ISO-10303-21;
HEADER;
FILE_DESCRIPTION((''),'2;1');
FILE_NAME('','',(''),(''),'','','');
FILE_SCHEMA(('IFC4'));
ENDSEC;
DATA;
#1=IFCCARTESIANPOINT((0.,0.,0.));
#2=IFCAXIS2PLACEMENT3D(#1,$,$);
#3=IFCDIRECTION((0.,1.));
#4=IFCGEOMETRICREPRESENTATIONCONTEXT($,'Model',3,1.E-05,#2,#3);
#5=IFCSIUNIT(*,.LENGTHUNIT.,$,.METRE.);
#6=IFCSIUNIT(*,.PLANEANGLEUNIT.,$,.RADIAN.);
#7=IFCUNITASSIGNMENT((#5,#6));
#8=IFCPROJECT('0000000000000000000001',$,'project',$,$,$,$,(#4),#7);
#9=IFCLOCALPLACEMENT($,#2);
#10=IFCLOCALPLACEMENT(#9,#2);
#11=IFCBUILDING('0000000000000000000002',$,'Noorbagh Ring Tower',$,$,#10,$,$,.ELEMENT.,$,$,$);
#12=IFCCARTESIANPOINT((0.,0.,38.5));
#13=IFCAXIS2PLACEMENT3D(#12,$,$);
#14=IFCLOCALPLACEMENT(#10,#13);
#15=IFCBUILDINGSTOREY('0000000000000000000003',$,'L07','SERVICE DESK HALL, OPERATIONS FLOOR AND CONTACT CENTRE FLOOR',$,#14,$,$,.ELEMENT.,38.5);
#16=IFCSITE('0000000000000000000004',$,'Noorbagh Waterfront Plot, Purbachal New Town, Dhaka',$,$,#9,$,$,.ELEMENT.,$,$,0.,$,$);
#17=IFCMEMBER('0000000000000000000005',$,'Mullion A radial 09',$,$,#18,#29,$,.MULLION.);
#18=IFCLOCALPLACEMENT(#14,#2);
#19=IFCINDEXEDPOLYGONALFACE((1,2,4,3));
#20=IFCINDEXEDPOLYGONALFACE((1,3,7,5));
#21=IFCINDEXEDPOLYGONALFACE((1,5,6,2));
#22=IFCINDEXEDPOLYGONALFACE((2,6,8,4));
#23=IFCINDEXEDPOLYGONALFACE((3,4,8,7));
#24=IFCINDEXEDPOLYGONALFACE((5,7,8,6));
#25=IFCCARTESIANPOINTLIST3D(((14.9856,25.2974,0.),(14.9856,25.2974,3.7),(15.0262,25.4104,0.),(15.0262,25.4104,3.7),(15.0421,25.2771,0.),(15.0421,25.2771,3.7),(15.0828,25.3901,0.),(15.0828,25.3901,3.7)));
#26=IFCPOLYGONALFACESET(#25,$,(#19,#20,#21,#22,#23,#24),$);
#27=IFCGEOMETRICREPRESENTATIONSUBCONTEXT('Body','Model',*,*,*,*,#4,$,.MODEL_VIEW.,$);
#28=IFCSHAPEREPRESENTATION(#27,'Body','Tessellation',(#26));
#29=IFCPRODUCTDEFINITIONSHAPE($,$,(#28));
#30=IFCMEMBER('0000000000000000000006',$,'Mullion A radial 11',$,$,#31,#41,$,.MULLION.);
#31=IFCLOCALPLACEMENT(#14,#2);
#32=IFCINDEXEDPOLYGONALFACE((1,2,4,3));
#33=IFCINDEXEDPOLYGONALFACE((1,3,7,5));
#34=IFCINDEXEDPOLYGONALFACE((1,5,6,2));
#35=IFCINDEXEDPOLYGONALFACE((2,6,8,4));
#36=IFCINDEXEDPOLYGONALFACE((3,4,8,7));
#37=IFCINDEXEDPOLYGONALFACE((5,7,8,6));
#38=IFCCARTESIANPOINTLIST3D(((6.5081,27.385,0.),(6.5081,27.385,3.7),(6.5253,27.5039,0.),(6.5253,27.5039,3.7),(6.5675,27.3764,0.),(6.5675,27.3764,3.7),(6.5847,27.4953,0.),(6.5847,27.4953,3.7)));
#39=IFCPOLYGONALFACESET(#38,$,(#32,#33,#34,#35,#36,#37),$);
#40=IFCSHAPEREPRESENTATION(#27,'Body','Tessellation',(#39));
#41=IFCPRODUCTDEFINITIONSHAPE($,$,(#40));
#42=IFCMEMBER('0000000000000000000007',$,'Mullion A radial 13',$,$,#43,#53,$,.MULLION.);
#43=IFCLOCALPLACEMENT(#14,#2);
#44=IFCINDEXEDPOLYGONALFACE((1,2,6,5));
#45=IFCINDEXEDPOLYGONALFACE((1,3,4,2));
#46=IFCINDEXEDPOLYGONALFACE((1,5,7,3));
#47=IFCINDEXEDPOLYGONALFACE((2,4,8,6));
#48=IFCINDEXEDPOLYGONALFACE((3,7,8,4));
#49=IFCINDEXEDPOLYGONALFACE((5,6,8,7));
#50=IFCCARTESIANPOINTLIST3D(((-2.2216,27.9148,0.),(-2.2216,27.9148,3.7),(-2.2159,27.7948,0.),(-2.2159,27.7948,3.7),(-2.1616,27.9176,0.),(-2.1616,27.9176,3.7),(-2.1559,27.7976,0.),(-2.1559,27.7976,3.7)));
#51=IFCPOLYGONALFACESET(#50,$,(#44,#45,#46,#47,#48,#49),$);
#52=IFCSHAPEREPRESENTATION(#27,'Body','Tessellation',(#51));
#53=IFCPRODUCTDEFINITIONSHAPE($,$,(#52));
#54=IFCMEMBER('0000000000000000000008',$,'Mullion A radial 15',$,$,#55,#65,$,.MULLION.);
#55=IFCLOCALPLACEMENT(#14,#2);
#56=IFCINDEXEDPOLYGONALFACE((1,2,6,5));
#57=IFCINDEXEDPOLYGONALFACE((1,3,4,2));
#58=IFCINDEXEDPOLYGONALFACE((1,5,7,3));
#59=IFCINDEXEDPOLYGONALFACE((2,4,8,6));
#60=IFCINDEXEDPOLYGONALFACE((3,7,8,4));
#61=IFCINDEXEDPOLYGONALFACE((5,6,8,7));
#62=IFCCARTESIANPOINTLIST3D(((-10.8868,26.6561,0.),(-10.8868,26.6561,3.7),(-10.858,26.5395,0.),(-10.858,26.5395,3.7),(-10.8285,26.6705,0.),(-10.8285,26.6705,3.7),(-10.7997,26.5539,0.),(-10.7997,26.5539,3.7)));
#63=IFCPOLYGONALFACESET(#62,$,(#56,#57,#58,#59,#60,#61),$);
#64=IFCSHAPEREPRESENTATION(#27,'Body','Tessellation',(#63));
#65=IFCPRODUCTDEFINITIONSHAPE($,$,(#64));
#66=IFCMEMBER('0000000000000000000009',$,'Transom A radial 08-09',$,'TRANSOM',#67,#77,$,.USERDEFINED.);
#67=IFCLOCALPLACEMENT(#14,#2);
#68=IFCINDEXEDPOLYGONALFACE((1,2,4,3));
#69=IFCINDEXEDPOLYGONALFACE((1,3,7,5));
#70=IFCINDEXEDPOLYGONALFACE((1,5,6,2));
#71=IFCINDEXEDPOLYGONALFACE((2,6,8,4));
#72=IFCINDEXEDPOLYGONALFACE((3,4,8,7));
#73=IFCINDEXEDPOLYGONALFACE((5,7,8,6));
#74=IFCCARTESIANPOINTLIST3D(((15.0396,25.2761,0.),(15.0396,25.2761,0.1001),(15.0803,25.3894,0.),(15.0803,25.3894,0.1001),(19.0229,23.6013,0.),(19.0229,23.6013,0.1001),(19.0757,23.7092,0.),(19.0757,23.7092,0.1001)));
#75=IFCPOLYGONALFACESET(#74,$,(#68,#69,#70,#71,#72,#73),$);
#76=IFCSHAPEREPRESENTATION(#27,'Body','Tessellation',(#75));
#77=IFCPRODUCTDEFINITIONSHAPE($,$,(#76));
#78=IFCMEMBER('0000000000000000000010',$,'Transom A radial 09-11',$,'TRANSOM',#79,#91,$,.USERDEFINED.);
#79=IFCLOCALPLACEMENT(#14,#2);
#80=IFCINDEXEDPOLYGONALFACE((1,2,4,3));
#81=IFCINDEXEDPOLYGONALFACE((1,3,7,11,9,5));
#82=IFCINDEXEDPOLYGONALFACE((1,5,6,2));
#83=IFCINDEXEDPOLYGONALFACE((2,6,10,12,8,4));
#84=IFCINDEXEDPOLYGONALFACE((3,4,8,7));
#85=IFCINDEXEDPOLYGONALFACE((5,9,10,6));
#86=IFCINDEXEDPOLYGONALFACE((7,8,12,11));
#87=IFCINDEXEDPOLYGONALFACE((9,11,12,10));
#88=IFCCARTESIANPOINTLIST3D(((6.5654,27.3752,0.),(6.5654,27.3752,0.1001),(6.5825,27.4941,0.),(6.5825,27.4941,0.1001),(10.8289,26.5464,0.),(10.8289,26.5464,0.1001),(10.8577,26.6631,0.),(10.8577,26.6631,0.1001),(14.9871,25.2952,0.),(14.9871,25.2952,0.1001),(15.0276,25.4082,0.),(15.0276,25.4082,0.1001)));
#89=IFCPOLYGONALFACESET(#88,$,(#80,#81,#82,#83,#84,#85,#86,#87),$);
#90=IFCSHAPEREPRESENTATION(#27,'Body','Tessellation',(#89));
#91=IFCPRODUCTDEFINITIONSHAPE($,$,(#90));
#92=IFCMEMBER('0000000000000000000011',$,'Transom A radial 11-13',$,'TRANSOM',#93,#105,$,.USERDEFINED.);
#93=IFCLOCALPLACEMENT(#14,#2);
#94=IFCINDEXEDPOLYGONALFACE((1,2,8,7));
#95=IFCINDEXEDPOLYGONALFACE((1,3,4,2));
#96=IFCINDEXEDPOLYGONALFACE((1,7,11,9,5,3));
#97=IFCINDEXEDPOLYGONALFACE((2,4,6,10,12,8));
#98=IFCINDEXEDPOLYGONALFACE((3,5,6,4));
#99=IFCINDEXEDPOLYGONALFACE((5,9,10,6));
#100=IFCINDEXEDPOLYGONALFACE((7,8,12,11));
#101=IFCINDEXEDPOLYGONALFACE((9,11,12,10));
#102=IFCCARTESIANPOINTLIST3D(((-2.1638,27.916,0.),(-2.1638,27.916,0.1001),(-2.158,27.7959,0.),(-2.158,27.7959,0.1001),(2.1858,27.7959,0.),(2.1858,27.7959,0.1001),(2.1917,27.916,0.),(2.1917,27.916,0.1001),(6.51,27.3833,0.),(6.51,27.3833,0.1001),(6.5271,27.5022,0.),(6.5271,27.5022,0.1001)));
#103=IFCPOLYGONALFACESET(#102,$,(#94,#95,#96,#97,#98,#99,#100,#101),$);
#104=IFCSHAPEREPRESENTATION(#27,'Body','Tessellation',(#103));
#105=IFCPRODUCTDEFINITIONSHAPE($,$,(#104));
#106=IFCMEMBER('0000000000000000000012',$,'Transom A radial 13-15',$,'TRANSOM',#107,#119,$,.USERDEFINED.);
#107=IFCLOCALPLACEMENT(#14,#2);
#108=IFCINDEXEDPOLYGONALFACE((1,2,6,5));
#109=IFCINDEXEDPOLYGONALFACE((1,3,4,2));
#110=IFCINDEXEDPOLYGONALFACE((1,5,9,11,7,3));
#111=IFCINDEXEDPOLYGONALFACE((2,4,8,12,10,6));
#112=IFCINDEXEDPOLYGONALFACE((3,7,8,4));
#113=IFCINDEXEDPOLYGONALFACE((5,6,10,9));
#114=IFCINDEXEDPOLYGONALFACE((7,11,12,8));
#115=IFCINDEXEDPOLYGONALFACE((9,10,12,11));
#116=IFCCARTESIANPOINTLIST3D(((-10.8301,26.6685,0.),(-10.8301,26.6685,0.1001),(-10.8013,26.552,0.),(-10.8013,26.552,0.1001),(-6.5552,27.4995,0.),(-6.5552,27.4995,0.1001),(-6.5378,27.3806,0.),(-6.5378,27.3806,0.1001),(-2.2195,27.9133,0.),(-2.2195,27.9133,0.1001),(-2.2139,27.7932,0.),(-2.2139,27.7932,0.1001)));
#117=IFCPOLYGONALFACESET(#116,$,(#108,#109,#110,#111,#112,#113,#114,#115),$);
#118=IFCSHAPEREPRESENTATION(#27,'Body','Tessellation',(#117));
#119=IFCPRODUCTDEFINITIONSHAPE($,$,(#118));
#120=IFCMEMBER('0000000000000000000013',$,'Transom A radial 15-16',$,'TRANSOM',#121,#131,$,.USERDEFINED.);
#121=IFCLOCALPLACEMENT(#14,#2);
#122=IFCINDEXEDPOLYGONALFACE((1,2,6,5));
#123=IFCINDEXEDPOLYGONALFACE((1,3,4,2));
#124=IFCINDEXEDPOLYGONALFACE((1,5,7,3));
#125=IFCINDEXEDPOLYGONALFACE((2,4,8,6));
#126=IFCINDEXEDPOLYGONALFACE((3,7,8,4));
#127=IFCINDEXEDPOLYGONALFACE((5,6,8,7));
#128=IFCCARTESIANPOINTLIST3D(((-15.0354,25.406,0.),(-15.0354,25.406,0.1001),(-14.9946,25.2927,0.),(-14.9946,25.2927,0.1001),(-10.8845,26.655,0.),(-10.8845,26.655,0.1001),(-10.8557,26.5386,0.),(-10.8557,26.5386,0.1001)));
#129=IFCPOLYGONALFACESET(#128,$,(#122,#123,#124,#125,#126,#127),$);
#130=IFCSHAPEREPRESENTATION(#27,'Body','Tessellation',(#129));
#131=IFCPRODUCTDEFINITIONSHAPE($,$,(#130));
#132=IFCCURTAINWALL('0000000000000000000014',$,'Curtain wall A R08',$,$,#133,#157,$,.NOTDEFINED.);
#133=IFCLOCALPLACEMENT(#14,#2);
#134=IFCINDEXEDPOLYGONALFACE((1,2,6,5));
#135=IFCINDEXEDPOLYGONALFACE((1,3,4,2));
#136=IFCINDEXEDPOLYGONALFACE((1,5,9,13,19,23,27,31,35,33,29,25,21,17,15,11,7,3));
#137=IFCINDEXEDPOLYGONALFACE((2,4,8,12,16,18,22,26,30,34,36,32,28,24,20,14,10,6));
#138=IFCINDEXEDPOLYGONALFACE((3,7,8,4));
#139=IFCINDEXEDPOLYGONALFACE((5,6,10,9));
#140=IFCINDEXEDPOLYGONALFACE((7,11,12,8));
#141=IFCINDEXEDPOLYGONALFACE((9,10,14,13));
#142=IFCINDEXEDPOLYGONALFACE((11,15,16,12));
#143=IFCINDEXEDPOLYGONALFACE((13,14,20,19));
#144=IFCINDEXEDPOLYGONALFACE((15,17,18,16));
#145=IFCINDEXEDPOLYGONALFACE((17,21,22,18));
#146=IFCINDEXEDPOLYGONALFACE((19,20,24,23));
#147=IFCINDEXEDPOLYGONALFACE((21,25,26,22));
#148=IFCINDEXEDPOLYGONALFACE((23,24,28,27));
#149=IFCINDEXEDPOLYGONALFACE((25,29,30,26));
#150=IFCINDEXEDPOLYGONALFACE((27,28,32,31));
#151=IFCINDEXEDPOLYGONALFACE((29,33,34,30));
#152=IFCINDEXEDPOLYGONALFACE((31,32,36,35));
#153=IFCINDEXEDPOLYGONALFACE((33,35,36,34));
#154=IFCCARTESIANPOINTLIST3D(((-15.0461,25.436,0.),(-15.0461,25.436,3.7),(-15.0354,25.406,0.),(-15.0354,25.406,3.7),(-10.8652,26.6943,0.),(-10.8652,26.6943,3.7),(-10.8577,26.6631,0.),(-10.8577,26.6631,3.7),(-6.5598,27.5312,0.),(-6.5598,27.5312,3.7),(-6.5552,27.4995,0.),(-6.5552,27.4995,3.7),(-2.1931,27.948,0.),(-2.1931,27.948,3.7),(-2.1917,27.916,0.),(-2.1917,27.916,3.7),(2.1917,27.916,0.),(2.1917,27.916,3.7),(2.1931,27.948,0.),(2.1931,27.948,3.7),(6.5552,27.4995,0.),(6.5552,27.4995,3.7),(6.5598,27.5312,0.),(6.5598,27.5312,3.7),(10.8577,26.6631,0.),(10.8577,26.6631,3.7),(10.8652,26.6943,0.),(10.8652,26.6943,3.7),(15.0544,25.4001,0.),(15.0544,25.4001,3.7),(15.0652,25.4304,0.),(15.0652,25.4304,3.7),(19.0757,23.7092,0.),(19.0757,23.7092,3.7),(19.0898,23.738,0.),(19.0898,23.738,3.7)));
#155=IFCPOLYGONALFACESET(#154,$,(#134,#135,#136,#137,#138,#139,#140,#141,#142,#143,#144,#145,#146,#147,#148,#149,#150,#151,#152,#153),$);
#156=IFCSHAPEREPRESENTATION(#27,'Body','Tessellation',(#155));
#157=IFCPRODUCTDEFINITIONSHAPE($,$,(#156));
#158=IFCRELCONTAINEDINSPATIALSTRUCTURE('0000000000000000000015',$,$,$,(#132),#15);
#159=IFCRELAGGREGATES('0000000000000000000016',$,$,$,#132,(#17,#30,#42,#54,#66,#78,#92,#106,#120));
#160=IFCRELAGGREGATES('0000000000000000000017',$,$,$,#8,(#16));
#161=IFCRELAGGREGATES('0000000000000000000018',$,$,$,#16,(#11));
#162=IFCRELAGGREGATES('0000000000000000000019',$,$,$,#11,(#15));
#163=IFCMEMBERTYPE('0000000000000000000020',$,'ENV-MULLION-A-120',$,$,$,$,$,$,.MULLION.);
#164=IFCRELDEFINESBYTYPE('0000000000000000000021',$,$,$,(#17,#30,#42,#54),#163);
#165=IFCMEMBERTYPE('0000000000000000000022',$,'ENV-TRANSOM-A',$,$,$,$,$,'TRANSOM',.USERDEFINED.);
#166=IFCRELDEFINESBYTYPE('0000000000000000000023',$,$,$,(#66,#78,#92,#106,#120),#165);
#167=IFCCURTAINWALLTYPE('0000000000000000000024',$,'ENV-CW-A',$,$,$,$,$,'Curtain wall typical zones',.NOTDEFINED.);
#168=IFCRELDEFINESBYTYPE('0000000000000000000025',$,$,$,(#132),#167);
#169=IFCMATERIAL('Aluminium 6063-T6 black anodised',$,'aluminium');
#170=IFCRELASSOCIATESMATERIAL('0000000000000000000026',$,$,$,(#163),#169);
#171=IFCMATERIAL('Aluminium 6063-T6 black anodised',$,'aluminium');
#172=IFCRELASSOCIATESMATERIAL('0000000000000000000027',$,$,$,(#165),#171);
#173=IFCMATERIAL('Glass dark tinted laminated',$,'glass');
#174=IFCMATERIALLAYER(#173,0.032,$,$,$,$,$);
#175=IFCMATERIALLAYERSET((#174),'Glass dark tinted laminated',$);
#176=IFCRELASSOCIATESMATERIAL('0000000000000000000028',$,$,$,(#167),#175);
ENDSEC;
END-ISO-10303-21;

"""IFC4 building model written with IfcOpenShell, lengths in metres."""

from ifc_helpers import new_model, si_unit, direction, frame, origin, origin_2d, place, context, subcontext, project, spatial, polyline, rectangle, outline, extrude, material, layer, layer_set, material_profile, profile_set, type_object, element, aggregate, save


model = new_model("IFC4")

# Units and contexts
model_context = context("Model", 3, precision=1e-05, world=origin(), true_north=direction((0.0, 1.0)))
body_context = subcontext(model_context, "Body", "Model", "MODEL_VIEW")
ifc_project = project(units=[si_unit("LENGTHUNIT", "METRE"), si_unit("PLANEANGLEUNIT", "RADIAN")], contexts=[model_context])

# Members
ifc_material_1 = material(Name="Aluminium 6063-T6 black anodised", Category="aluminium")
ifc_material_profile = material_profile(ifc_material_1, rectangle(XDim=0.1201, YDim=0.0601, at=origin_2d()), Name="120x60")
ifc_profile_set = profile_set([ifc_material_profile], Name="Aluminium 6063-T6 black anodised")
member_type_1 = type_object("IfcMemberType", Name="ENV-MULLION-A-120", PredefinedType="MULLION", material=ifc_profile_set)
site_placement = place(None, origin())
building_placement = place(site_placement, origin())
storey_placement = place(building_placement, frame((0.0, 0.0, 38.5)))
member_1_placement = place(storey_placement, frame((15.0342, 25.3438, 0.0), z_axis=(0.0, 0.0, 1.0), x_axis=(-0.338379, -0.94101, 0.0)))
member_1 = element("IfcMember", 1, at=member_1_placement, type_object=member_type_1, Name="Mullion A radial 09", PredefinedType="MULLION", context=body_context, shape_type="SweptSolid", body=[
    extrude(rectangle(XDim=0.1201, YDim=0.0601, at=origin_2d()), origin(), (0.0, 0.0, 1.0), 3.7),
])
member_2_placement = place(storey_placement, frame((6.5464, 27.4402, 0.0), z_axis=(0.0, 0.0, 1.0), x_axis=(-0.143082, -0.989711, 0.0)))
member_2 = element("IfcMember", 2, at=member_2_placement, type_object=member_type_1, Name="Mullion A radial 11", PredefinedType="MULLION", context=body_context, shape_type="SweptSolid", body=[
    extrude(rectangle(XDim=0.1201, YDim=0.0601, at=origin_2d()), origin(), (0.0, 0.0, 1.0), 3.7),
])
member_3_placement = place(storey_placement, frame((-2.1887, 27.8562, 0.0), z_axis=(0.0, 0.0, 1.0), x_axis=(0.047558, -0.998868, 0.0)))
member_3 = element("IfcMember", 3, at=member_3_placement, type_object=member_type_1, Name="Mullion A radial 13", PredefinedType="MULLION", context=body_context, shape_type="SweptSolid", body=[
    extrude(rectangle(XDim=0.1201, YDim=0.0601, at=origin_2d()), origin(), (0.0, 0.0, 1.0), 3.7),
])
member_4_placement = place(storey_placement, frame((-10.8433, 26.605, 0.0), z_axis=(0.0, 0.0, 1.0), x_axis=(0.239799, -0.970823, 0.0)))
member_4 = element("IfcMember", 4, at=member_4_placement, type_object=member_type_1, Name="Mullion A radial 15", PredefinedType="MULLION", context=body_context, shape_type="SweptSolid", body=[
    extrude(rectangle(XDim=0.1201, YDim=0.0601, at=origin_2d()), origin(), (0.0, 0.0, 1.0), 3.7),
])
ifc_material_2 = material(Name="Aluminium 6063-T6 black anodised", Category="aluminium")
member_type_2 = type_object("IfcMemberType", Name="ENV-TRANSOM-A", ElementType="TRANSOM", PredefinedType="USERDEFINED", material=ifc_material_2)
member_5_placement = place(storey_placement, origin())
member_5 = element("IfcMember", 5, at=member_5_placement, type_object=member_type_2, Name="Transom A radial 08-09", ObjectType="TRANSOM", PredefinedType="USERDEFINED", context=body_context, shape_type="SweptSolid", body=[
    extrude(outline(polyline([(19.0757, 23.7092), (15.0803, 25.3894), (15.0396, 25.2761), (19.0229, 23.6013), (19.0757, 23.7092)])), origin(), (0.0, 0.0, 1.0), 0.1001),
])
member_6_placement = place(storey_placement, origin())
member_6 = element("IfcMember", 6, at=member_6_placement, type_object=member_type_2, Name="Transom A radial 09-11", ObjectType="TRANSOM", PredefinedType="USERDEFINED", context=body_context, shape_type="SweptSolid", body=[
    extrude(outline(polyline([(15.0276, 25.4082), (10.8577, 26.6631), (6.5825, 27.4941), (6.5654, 27.3752), (10.8289, 26.5464), (14.9871, 25.2952), (15.0276, 25.4082)])), origin(), (0.0, 0.0, 1.0), 0.1001),
])
member_7_placement = place(storey_placement, origin())
member_7 = element("IfcMember", 7, at=member_7_placement, type_object=member_type_2, Name="Transom A radial 11-13", ObjectType="TRANSOM", PredefinedType="USERDEFINED", context=body_context, shape_type="SweptSolid", body=[
    extrude(outline(polyline([(6.5271, 27.5022), (2.1917, 27.916), (-2.1638, 27.916), (-2.158, 27.7959), (2.1858, 27.7959), (6.51, 27.3833), (6.5271, 27.5022)])), origin(), (0.0, 0.0, 1.0), 0.1001),
])
member_8_placement = place(storey_placement, origin())
member_8 = element("IfcMember", 8, at=member_8_placement, type_object=member_type_2, Name="Transom A radial 13-15", ObjectType="TRANSOM", PredefinedType="USERDEFINED", context=body_context, shape_type="SweptSolid", body=[
    extrude(outline(polyline([(-2.2195, 27.9133), (-6.5552, 27.4995), (-10.8301, 26.6685), (-10.8013, 26.552), (-6.5378, 27.3806), (-2.2139, 27.7932), (-2.2195, 27.9133)])), origin(), (0.0, 0.0, 1.0), 0.1001),
])
member_9_placement = place(storey_placement, origin())
member_9 = element("IfcMember", 9, at=member_9_placement, type_object=member_type_2, Name="Transom A radial 15-16", ObjectType="TRANSOM", PredefinedType="USERDEFINED", context=body_context, shape_type="SweptSolid", body=[
    extrude(outline(polyline([(-10.8845, 26.655), (-15.0354, 25.406), (-14.9946, 25.2927), (-10.8557, 26.5386), (-10.8845, 26.655)])), origin(), (0.0, 0.0, 1.0), 0.1001),
])

# Site, building, storey
site = spatial("IfcSite", under=ifc_project, at=site_placement, Name="Noorbagh Waterfront Plot, Purbachal New Town, Dhaka", CompositionType="ELEMENT", RefElevation=0.0)
building = spatial("IfcBuilding", under=site, at=building_placement, Name="Noorbagh Ring Tower", CompositionType="ELEMENT")
storey = spatial("IfcBuildingStorey", under=building, at=storey_placement, Name="L07", Description="SERVICE DESK HALL, OPERATIONS FLOOR AND CONTACT CENTRE FLOOR", CompositionType="ELEMENT", Elevation=38.5)

# Curtain wall
ifc_material_3 = material(Name="Glass dark tinted laminated", Category="glass")
ifc_layer = layer(ifc_material_3, 0.032)
ifc_layer_set = layer_set([ifc_layer], Name="Glass dark tinted laminated")
curtain_wall_type = type_object("IfcCurtainWallType", Name="ENV-CW-A", ElementType="Curtain wall typical zones", PredefinedType="NOTDEFINED", material=ifc_layer_set)
curtain_wall_1_placement = place(storey_placement, origin())
curtain_wall_1 = element("IfcCurtainWall", 10, at=curtain_wall_1_placement, inside=storey, type_object=curtain_wall_type, Name="Curtain wall A R08", PredefinedType="NOTDEFINED", context=body_context, shape_type="SweptSolid", body=[
    extrude(outline(polyline([(19.0898, 23.738), (15.0652, 25.4304), (10.8652, 26.6943), (6.5598, 27.5312), (2.1931, 27.948), (-2.1931, 27.948), (-6.5598, 27.5312), (-10.8652, 26.6943), (-15.0461, 25.436), (-15.0354, 25.406), (-10.8577, 26.6631), (-6.5552, 27.4995), (-2.1917, 27.916), (2.1917, 27.916), (6.5552, 27.4995), (10.8577, 26.6631), (15.0544, 25.4001), (19.0757, 23.7092), (19.0898, 23.738)])), origin(), (0.0, 0.0, 1.0), 3.7),
])
aggregate(curtain_wall_1, [member_1, member_2, member_3, member_4, member_5, member_6, member_7, member_8, member_9])

save(model, "model.ifc")
